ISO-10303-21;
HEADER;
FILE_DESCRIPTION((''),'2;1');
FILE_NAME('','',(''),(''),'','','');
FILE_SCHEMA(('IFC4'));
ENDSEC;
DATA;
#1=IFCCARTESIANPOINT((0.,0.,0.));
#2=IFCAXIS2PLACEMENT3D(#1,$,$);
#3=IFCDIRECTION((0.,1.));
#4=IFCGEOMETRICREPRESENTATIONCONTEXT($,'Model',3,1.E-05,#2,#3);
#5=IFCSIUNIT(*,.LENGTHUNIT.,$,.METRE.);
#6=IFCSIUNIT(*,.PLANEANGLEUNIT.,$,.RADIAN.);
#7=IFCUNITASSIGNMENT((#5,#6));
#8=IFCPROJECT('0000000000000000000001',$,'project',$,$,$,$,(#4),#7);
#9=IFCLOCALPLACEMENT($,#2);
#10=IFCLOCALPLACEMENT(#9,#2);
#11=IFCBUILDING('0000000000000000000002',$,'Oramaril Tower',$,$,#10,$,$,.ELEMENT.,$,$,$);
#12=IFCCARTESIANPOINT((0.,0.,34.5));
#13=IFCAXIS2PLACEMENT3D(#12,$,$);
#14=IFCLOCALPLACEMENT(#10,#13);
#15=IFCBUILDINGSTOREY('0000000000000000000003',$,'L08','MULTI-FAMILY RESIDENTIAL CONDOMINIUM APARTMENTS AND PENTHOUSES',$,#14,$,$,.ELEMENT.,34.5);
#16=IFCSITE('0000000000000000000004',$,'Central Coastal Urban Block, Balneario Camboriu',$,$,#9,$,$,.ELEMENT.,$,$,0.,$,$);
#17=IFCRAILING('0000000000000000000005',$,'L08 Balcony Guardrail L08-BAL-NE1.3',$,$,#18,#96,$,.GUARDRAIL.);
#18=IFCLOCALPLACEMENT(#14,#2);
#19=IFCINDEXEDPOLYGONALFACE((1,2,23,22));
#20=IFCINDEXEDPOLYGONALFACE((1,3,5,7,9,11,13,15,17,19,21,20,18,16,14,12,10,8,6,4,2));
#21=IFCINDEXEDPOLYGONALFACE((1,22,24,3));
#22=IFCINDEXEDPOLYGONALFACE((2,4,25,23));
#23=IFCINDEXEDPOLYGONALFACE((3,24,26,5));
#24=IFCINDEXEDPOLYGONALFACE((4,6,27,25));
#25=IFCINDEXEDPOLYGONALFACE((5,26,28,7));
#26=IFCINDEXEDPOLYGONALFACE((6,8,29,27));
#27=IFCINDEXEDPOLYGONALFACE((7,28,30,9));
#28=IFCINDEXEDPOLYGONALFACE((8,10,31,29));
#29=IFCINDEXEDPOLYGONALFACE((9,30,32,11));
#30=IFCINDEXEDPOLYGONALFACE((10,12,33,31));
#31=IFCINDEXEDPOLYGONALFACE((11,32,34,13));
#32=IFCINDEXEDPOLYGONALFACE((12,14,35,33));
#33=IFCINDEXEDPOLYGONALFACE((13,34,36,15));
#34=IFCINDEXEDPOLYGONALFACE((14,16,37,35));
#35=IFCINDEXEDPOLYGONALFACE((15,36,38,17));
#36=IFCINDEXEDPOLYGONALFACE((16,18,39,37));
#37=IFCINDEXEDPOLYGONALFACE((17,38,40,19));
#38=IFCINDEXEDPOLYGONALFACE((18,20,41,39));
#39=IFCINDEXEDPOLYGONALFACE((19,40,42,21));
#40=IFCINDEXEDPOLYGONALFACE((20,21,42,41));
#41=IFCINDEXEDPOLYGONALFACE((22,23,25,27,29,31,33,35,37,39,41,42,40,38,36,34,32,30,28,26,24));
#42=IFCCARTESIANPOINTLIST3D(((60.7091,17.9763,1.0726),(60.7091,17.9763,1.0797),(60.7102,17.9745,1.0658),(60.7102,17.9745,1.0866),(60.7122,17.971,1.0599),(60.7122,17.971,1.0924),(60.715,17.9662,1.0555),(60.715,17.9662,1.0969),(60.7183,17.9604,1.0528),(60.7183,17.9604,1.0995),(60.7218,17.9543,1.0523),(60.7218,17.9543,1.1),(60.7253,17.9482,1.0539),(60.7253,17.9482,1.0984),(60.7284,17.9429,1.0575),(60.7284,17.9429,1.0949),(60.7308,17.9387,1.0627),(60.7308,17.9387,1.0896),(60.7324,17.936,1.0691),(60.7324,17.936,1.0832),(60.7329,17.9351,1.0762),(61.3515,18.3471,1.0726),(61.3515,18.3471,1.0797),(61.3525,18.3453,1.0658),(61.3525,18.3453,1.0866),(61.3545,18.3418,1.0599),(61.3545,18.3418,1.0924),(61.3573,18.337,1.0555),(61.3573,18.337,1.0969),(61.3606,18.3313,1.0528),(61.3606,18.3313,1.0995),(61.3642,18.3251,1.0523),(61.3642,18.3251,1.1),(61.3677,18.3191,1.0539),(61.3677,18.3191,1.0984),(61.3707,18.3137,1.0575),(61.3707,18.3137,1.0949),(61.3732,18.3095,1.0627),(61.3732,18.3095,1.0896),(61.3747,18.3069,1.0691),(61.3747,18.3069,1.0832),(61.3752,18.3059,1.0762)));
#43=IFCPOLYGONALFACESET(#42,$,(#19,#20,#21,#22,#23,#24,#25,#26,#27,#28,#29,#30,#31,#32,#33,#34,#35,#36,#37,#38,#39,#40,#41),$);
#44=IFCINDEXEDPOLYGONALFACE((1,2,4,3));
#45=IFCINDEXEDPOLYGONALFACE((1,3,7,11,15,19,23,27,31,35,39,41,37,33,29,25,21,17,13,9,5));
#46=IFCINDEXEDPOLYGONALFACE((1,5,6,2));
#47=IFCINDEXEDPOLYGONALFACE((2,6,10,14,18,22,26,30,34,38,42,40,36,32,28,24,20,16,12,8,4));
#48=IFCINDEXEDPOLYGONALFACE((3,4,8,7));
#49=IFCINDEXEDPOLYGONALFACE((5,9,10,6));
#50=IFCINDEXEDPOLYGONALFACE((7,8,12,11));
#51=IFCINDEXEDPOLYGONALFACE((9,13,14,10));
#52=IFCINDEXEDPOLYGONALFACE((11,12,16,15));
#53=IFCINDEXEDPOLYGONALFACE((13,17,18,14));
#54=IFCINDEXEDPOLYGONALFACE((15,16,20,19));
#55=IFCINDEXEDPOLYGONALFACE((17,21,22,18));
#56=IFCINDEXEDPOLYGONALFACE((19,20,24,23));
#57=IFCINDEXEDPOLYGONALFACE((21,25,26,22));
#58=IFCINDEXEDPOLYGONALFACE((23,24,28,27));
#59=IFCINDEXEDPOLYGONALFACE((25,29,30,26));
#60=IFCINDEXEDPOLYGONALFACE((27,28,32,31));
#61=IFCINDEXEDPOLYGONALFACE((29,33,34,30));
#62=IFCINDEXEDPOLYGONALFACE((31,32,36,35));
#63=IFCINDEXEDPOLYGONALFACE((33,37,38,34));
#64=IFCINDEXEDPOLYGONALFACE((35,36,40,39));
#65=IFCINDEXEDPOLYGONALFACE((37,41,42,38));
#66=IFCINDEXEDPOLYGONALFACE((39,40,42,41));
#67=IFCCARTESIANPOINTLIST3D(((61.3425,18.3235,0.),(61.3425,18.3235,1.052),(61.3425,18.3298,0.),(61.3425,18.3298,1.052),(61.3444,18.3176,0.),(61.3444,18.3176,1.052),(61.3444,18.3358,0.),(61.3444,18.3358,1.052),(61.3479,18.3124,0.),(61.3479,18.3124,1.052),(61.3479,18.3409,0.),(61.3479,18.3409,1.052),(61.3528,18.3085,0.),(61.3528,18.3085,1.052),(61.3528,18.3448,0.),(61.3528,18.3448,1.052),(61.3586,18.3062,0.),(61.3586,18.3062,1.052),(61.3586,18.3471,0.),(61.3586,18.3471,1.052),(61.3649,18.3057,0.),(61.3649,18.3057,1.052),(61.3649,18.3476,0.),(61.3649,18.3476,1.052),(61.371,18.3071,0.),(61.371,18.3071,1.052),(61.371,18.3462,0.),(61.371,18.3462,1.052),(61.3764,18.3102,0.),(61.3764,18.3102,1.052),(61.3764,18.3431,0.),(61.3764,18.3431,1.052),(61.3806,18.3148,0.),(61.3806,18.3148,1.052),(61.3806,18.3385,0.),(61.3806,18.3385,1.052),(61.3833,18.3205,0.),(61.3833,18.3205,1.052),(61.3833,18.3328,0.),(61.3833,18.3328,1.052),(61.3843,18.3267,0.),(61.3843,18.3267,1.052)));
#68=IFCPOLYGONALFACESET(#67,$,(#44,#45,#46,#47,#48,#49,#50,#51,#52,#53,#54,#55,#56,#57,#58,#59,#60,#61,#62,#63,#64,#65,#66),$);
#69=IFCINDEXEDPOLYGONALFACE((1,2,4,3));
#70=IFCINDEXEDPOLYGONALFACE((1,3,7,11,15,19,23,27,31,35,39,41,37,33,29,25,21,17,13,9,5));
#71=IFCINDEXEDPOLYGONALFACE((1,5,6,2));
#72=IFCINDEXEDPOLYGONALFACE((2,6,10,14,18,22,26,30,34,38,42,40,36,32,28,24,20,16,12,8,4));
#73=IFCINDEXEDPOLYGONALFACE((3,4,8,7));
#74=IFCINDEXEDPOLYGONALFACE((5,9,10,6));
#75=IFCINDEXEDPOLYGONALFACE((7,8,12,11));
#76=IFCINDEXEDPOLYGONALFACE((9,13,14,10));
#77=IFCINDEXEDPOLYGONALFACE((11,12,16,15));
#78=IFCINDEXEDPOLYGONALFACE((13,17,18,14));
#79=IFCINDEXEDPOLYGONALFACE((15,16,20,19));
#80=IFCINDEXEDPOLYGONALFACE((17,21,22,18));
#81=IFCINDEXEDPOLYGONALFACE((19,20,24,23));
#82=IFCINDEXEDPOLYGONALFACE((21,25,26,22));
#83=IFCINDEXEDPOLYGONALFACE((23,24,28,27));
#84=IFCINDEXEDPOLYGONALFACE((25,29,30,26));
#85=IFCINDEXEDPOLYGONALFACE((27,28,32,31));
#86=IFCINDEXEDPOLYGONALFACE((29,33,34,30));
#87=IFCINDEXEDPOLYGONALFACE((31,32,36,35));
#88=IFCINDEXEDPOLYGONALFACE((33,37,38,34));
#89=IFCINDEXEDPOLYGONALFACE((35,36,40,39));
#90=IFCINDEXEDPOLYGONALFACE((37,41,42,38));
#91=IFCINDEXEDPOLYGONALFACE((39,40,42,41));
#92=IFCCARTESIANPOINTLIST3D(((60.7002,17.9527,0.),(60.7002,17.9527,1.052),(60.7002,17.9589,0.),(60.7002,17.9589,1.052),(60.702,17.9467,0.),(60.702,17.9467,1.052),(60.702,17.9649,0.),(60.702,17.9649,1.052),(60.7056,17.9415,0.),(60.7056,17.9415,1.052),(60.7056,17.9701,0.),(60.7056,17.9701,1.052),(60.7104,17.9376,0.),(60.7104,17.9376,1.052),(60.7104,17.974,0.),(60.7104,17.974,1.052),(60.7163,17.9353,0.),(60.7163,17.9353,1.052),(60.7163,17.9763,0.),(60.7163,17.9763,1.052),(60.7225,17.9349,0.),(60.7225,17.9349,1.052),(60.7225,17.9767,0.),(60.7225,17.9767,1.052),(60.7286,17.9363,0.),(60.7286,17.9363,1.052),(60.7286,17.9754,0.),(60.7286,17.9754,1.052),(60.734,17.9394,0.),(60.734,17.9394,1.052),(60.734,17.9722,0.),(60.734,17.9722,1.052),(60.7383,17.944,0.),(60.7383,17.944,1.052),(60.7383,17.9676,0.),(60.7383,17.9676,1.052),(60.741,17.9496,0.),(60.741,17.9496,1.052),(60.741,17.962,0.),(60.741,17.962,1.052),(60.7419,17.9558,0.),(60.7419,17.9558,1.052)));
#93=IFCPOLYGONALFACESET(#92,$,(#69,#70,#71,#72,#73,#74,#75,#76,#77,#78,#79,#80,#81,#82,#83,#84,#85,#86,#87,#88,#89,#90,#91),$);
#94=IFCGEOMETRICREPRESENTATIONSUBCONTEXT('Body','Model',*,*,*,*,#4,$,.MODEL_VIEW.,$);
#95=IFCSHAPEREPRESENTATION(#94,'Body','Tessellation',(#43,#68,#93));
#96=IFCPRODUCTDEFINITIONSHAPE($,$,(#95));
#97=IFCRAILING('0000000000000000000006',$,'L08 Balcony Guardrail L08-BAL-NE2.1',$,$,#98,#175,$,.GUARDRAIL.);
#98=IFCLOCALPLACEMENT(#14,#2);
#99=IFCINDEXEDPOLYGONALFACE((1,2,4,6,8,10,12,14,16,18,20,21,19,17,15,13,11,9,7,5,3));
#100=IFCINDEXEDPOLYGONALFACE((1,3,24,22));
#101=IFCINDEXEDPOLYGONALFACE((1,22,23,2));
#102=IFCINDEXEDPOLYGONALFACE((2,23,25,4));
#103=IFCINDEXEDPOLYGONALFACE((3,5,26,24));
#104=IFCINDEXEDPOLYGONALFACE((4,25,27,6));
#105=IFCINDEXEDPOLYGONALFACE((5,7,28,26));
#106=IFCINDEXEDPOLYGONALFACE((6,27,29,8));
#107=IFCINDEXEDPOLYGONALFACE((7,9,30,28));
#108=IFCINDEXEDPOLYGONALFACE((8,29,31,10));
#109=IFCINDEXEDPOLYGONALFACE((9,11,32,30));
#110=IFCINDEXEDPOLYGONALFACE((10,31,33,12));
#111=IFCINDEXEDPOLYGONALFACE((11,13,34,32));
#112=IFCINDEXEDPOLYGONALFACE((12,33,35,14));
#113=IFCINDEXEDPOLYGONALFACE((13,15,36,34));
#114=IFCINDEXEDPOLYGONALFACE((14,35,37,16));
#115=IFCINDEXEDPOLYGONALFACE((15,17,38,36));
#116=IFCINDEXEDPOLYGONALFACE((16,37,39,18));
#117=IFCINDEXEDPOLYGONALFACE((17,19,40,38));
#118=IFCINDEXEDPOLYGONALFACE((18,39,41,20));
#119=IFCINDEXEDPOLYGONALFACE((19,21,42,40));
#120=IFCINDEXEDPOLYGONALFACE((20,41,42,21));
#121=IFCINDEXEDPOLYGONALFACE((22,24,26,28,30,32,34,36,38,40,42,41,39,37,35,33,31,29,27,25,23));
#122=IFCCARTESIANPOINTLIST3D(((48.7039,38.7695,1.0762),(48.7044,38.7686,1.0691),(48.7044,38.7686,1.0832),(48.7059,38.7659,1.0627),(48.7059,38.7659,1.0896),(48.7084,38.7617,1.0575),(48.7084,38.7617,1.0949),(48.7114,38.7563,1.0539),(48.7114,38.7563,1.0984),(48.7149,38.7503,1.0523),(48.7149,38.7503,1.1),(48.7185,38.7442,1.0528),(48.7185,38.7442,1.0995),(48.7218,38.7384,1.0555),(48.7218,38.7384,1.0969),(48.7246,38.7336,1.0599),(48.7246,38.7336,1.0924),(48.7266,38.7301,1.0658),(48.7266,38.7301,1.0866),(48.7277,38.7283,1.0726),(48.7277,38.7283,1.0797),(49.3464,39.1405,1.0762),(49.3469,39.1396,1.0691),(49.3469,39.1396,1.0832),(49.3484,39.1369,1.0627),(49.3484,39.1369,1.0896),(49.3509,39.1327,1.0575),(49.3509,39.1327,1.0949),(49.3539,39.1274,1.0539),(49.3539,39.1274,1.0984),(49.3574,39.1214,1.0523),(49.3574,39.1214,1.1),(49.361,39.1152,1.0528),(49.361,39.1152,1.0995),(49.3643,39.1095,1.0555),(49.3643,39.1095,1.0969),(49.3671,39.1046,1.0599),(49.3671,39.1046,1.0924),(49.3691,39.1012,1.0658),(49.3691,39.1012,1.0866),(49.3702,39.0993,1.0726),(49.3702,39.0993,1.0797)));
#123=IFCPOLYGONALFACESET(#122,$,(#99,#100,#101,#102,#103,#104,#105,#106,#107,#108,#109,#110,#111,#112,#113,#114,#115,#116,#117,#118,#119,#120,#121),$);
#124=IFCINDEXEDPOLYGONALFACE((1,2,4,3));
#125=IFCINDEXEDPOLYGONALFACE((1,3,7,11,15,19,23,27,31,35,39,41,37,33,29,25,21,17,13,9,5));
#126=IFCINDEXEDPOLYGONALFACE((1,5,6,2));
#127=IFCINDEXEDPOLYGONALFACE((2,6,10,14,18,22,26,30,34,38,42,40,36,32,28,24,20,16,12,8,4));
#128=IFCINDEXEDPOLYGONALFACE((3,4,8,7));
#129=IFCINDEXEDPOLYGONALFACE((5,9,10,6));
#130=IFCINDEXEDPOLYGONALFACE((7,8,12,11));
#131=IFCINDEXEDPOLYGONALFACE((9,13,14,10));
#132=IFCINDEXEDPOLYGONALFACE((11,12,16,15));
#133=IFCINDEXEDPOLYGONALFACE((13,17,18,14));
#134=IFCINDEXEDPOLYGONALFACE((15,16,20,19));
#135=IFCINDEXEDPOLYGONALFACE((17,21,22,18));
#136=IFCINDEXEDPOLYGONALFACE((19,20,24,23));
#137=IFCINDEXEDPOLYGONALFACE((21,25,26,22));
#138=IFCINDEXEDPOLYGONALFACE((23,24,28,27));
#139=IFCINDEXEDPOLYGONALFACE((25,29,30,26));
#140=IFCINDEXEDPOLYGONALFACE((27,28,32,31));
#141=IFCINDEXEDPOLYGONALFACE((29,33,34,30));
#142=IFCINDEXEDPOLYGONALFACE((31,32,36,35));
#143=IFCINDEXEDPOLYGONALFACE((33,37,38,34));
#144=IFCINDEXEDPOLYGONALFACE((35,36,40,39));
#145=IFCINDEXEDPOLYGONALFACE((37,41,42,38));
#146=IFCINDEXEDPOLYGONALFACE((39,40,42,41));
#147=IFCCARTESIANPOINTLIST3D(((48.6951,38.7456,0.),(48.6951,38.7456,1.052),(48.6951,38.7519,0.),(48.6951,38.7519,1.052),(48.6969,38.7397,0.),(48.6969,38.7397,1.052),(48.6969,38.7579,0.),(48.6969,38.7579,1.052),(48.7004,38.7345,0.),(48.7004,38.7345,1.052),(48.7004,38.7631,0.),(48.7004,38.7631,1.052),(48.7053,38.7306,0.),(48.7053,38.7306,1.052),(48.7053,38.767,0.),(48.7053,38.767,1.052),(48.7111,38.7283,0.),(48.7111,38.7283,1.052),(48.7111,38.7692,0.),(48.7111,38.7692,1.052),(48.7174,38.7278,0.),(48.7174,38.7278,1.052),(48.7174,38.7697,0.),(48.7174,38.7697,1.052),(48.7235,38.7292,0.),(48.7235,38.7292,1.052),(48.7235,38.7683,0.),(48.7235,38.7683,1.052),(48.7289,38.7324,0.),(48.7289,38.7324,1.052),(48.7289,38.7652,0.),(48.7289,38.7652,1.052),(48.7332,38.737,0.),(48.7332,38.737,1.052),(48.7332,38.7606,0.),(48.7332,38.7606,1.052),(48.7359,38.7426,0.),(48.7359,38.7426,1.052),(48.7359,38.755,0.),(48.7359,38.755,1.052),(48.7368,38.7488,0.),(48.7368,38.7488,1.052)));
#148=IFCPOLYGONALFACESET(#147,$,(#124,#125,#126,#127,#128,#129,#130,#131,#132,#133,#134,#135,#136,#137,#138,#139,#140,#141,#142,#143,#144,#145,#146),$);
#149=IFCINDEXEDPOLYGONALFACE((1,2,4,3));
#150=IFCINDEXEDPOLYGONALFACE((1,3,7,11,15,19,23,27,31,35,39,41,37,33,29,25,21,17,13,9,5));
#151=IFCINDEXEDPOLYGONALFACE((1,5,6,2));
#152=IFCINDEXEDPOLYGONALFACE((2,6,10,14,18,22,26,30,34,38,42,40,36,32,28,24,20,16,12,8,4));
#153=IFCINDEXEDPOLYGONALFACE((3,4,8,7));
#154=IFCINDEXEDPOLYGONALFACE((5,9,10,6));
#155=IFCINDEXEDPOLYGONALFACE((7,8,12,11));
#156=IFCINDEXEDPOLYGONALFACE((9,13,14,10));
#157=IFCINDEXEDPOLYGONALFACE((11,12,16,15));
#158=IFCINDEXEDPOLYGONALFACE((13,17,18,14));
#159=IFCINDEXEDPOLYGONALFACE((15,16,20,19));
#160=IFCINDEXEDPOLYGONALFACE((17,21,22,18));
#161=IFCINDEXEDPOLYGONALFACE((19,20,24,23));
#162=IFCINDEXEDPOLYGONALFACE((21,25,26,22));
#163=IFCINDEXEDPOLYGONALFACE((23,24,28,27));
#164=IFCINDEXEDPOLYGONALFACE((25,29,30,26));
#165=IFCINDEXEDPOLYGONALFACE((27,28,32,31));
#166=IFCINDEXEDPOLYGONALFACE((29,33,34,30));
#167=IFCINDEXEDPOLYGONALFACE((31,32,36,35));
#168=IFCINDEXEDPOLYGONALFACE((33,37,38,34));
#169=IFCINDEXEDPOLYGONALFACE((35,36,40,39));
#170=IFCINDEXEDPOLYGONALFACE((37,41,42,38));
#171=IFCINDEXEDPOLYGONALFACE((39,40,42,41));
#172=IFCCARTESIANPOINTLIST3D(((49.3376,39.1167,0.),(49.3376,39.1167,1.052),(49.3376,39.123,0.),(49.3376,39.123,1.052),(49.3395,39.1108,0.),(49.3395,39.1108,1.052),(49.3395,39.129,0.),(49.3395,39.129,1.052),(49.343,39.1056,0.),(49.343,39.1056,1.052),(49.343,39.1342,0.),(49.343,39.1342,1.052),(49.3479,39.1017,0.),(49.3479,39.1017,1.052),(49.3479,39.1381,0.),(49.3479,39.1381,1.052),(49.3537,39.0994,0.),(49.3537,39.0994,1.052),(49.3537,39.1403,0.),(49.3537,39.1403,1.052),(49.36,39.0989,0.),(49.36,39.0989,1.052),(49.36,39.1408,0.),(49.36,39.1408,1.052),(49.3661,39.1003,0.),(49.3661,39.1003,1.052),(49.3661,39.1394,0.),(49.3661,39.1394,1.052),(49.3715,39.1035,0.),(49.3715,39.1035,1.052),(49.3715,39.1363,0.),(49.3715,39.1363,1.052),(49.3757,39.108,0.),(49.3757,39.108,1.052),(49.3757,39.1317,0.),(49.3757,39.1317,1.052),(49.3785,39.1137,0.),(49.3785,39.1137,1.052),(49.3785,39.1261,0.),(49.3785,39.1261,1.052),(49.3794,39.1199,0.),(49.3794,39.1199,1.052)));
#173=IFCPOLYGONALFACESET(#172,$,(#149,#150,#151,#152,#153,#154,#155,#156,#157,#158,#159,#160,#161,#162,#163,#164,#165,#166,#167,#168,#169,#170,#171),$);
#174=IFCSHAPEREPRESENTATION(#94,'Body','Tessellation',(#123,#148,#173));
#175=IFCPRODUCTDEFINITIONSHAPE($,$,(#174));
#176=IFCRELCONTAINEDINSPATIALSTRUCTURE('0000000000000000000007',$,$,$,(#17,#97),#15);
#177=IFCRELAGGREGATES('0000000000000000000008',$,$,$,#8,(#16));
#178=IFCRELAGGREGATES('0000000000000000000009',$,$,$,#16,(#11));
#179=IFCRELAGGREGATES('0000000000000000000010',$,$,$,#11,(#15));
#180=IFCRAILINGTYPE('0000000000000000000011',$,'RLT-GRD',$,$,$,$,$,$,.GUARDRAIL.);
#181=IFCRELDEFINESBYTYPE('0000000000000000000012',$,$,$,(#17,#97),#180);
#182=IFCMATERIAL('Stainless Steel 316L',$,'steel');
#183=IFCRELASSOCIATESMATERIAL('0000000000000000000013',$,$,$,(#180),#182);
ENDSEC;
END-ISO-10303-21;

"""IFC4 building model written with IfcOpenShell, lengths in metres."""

from ifc_helpers import new_model, si_unit, direction, frame, origin, origin_2d, place, context, subcontext, project, spatial, circle, extrude, material, type_object, element, save


model = new_model("IFC4")

# Units and contexts
model_context = context("Model", 3, precision=1e-05, world=origin(), true_north=direction((0.0, 1.0)))
body_context = subcontext(model_context, "Body", "Model", "MODEL_VIEW")
ifc_project = project(units=[si_unit("LENGTHUNIT", "METRE"), si_unit("PLANEANGLEUNIT", "RADIAN")], contexts=[model_context])

# Site, building, storey
site_placement = place(None, origin())
site = spatial("IfcSite", under=ifc_project, at=site_placement, Name="Central Coastal Urban Block, Balneario Camboriu", CompositionType="ELEMENT", RefElevation=0.0)
building_placement = place(site_placement, origin())
building = spatial("IfcBuilding", under=site, at=building_placement, Name="Oramaril Tower", CompositionType="ELEMENT")
storey_placement = place(building_placement, frame((0.0, 0.0, 34.5)))
storey = spatial("IfcBuildingStorey", under=building, at=storey_placement, Name="L08", Description="MULTI-FAMILY RESIDENTIAL CONDOMINIUM APARTMENTS AND PENTHOUSES", CompositionType="ELEMENT", Elevation=34.5)

# Railings
ifc_material_1 = material(Name="Stainless Steel 316L", Category="steel")
railing_type = type_object("IfcRailingType", Name="RLT-GRD", PredefinedType="GUARDRAIL", material=ifc_material_1)
railing_1_placement = place(storey_placement, frame((61.3633, 18.3267, 0.0)))
element("IfcRailing", 1, at=railing_1_placement, inside=storey, type_object=railing_type, Name="L08 Balcony Guardrail L08-BAL-NE1.3", PredefinedType="GUARDRAIL", context=body_context, shape_type="SweptSolid", body=[
    extrude(circle(Radius=0.0239, at=origin_2d()), frame((0.0, 0.0, 1.0762), z_axis=(-0.866027, -0.499998, 0.0), x_axis=(0.499998, -0.866027, 0.0)), (0.0, 0.0, 1.0), 0.7417),
    extrude(circle(Radius=0.021, at=origin_2d()), origin(), (0.0, 0.0, 1.0), 1.052),
    extrude(circle(Radius=0.021, at=origin_2d()), frame((-0.6423, -0.3708, 0.0)), (0.0, 0.0, 1.0), 1.052),
])
railing_2_placement = place(storey_placement, frame((48.7158, 38.7488, 0.0)))
element("IfcRailing", 2, at=railing_2_placement, inside=storey, type_object=railing_type, Name="L08 Balcony Guardrail L08-BAL-NE2.1", PredefinedType="GUARDRAIL", context=body_context, shape_type="SweptSolid", body=[
    extrude(circle(Radius=0.0239, at=origin_2d()), frame((0.0, 0.0, 1.0762), z_axis=(0.865966, 0.500102, 0.0), x_axis=(-0.500102, 0.865966, 0.0)), (0.0, 0.0, 1.0), 0.7419),
    extrude(circle(Radius=0.021, at=origin_2d()), origin(), (0.0, 0.0, 1.0), 1.052),
    extrude(circle(Radius=0.021, at=origin_2d()), frame((0.6426, 0.3711, 0.0)), (0.0, 0.0, 1.0), 1.052),
])

save(model, "model.ifc")
